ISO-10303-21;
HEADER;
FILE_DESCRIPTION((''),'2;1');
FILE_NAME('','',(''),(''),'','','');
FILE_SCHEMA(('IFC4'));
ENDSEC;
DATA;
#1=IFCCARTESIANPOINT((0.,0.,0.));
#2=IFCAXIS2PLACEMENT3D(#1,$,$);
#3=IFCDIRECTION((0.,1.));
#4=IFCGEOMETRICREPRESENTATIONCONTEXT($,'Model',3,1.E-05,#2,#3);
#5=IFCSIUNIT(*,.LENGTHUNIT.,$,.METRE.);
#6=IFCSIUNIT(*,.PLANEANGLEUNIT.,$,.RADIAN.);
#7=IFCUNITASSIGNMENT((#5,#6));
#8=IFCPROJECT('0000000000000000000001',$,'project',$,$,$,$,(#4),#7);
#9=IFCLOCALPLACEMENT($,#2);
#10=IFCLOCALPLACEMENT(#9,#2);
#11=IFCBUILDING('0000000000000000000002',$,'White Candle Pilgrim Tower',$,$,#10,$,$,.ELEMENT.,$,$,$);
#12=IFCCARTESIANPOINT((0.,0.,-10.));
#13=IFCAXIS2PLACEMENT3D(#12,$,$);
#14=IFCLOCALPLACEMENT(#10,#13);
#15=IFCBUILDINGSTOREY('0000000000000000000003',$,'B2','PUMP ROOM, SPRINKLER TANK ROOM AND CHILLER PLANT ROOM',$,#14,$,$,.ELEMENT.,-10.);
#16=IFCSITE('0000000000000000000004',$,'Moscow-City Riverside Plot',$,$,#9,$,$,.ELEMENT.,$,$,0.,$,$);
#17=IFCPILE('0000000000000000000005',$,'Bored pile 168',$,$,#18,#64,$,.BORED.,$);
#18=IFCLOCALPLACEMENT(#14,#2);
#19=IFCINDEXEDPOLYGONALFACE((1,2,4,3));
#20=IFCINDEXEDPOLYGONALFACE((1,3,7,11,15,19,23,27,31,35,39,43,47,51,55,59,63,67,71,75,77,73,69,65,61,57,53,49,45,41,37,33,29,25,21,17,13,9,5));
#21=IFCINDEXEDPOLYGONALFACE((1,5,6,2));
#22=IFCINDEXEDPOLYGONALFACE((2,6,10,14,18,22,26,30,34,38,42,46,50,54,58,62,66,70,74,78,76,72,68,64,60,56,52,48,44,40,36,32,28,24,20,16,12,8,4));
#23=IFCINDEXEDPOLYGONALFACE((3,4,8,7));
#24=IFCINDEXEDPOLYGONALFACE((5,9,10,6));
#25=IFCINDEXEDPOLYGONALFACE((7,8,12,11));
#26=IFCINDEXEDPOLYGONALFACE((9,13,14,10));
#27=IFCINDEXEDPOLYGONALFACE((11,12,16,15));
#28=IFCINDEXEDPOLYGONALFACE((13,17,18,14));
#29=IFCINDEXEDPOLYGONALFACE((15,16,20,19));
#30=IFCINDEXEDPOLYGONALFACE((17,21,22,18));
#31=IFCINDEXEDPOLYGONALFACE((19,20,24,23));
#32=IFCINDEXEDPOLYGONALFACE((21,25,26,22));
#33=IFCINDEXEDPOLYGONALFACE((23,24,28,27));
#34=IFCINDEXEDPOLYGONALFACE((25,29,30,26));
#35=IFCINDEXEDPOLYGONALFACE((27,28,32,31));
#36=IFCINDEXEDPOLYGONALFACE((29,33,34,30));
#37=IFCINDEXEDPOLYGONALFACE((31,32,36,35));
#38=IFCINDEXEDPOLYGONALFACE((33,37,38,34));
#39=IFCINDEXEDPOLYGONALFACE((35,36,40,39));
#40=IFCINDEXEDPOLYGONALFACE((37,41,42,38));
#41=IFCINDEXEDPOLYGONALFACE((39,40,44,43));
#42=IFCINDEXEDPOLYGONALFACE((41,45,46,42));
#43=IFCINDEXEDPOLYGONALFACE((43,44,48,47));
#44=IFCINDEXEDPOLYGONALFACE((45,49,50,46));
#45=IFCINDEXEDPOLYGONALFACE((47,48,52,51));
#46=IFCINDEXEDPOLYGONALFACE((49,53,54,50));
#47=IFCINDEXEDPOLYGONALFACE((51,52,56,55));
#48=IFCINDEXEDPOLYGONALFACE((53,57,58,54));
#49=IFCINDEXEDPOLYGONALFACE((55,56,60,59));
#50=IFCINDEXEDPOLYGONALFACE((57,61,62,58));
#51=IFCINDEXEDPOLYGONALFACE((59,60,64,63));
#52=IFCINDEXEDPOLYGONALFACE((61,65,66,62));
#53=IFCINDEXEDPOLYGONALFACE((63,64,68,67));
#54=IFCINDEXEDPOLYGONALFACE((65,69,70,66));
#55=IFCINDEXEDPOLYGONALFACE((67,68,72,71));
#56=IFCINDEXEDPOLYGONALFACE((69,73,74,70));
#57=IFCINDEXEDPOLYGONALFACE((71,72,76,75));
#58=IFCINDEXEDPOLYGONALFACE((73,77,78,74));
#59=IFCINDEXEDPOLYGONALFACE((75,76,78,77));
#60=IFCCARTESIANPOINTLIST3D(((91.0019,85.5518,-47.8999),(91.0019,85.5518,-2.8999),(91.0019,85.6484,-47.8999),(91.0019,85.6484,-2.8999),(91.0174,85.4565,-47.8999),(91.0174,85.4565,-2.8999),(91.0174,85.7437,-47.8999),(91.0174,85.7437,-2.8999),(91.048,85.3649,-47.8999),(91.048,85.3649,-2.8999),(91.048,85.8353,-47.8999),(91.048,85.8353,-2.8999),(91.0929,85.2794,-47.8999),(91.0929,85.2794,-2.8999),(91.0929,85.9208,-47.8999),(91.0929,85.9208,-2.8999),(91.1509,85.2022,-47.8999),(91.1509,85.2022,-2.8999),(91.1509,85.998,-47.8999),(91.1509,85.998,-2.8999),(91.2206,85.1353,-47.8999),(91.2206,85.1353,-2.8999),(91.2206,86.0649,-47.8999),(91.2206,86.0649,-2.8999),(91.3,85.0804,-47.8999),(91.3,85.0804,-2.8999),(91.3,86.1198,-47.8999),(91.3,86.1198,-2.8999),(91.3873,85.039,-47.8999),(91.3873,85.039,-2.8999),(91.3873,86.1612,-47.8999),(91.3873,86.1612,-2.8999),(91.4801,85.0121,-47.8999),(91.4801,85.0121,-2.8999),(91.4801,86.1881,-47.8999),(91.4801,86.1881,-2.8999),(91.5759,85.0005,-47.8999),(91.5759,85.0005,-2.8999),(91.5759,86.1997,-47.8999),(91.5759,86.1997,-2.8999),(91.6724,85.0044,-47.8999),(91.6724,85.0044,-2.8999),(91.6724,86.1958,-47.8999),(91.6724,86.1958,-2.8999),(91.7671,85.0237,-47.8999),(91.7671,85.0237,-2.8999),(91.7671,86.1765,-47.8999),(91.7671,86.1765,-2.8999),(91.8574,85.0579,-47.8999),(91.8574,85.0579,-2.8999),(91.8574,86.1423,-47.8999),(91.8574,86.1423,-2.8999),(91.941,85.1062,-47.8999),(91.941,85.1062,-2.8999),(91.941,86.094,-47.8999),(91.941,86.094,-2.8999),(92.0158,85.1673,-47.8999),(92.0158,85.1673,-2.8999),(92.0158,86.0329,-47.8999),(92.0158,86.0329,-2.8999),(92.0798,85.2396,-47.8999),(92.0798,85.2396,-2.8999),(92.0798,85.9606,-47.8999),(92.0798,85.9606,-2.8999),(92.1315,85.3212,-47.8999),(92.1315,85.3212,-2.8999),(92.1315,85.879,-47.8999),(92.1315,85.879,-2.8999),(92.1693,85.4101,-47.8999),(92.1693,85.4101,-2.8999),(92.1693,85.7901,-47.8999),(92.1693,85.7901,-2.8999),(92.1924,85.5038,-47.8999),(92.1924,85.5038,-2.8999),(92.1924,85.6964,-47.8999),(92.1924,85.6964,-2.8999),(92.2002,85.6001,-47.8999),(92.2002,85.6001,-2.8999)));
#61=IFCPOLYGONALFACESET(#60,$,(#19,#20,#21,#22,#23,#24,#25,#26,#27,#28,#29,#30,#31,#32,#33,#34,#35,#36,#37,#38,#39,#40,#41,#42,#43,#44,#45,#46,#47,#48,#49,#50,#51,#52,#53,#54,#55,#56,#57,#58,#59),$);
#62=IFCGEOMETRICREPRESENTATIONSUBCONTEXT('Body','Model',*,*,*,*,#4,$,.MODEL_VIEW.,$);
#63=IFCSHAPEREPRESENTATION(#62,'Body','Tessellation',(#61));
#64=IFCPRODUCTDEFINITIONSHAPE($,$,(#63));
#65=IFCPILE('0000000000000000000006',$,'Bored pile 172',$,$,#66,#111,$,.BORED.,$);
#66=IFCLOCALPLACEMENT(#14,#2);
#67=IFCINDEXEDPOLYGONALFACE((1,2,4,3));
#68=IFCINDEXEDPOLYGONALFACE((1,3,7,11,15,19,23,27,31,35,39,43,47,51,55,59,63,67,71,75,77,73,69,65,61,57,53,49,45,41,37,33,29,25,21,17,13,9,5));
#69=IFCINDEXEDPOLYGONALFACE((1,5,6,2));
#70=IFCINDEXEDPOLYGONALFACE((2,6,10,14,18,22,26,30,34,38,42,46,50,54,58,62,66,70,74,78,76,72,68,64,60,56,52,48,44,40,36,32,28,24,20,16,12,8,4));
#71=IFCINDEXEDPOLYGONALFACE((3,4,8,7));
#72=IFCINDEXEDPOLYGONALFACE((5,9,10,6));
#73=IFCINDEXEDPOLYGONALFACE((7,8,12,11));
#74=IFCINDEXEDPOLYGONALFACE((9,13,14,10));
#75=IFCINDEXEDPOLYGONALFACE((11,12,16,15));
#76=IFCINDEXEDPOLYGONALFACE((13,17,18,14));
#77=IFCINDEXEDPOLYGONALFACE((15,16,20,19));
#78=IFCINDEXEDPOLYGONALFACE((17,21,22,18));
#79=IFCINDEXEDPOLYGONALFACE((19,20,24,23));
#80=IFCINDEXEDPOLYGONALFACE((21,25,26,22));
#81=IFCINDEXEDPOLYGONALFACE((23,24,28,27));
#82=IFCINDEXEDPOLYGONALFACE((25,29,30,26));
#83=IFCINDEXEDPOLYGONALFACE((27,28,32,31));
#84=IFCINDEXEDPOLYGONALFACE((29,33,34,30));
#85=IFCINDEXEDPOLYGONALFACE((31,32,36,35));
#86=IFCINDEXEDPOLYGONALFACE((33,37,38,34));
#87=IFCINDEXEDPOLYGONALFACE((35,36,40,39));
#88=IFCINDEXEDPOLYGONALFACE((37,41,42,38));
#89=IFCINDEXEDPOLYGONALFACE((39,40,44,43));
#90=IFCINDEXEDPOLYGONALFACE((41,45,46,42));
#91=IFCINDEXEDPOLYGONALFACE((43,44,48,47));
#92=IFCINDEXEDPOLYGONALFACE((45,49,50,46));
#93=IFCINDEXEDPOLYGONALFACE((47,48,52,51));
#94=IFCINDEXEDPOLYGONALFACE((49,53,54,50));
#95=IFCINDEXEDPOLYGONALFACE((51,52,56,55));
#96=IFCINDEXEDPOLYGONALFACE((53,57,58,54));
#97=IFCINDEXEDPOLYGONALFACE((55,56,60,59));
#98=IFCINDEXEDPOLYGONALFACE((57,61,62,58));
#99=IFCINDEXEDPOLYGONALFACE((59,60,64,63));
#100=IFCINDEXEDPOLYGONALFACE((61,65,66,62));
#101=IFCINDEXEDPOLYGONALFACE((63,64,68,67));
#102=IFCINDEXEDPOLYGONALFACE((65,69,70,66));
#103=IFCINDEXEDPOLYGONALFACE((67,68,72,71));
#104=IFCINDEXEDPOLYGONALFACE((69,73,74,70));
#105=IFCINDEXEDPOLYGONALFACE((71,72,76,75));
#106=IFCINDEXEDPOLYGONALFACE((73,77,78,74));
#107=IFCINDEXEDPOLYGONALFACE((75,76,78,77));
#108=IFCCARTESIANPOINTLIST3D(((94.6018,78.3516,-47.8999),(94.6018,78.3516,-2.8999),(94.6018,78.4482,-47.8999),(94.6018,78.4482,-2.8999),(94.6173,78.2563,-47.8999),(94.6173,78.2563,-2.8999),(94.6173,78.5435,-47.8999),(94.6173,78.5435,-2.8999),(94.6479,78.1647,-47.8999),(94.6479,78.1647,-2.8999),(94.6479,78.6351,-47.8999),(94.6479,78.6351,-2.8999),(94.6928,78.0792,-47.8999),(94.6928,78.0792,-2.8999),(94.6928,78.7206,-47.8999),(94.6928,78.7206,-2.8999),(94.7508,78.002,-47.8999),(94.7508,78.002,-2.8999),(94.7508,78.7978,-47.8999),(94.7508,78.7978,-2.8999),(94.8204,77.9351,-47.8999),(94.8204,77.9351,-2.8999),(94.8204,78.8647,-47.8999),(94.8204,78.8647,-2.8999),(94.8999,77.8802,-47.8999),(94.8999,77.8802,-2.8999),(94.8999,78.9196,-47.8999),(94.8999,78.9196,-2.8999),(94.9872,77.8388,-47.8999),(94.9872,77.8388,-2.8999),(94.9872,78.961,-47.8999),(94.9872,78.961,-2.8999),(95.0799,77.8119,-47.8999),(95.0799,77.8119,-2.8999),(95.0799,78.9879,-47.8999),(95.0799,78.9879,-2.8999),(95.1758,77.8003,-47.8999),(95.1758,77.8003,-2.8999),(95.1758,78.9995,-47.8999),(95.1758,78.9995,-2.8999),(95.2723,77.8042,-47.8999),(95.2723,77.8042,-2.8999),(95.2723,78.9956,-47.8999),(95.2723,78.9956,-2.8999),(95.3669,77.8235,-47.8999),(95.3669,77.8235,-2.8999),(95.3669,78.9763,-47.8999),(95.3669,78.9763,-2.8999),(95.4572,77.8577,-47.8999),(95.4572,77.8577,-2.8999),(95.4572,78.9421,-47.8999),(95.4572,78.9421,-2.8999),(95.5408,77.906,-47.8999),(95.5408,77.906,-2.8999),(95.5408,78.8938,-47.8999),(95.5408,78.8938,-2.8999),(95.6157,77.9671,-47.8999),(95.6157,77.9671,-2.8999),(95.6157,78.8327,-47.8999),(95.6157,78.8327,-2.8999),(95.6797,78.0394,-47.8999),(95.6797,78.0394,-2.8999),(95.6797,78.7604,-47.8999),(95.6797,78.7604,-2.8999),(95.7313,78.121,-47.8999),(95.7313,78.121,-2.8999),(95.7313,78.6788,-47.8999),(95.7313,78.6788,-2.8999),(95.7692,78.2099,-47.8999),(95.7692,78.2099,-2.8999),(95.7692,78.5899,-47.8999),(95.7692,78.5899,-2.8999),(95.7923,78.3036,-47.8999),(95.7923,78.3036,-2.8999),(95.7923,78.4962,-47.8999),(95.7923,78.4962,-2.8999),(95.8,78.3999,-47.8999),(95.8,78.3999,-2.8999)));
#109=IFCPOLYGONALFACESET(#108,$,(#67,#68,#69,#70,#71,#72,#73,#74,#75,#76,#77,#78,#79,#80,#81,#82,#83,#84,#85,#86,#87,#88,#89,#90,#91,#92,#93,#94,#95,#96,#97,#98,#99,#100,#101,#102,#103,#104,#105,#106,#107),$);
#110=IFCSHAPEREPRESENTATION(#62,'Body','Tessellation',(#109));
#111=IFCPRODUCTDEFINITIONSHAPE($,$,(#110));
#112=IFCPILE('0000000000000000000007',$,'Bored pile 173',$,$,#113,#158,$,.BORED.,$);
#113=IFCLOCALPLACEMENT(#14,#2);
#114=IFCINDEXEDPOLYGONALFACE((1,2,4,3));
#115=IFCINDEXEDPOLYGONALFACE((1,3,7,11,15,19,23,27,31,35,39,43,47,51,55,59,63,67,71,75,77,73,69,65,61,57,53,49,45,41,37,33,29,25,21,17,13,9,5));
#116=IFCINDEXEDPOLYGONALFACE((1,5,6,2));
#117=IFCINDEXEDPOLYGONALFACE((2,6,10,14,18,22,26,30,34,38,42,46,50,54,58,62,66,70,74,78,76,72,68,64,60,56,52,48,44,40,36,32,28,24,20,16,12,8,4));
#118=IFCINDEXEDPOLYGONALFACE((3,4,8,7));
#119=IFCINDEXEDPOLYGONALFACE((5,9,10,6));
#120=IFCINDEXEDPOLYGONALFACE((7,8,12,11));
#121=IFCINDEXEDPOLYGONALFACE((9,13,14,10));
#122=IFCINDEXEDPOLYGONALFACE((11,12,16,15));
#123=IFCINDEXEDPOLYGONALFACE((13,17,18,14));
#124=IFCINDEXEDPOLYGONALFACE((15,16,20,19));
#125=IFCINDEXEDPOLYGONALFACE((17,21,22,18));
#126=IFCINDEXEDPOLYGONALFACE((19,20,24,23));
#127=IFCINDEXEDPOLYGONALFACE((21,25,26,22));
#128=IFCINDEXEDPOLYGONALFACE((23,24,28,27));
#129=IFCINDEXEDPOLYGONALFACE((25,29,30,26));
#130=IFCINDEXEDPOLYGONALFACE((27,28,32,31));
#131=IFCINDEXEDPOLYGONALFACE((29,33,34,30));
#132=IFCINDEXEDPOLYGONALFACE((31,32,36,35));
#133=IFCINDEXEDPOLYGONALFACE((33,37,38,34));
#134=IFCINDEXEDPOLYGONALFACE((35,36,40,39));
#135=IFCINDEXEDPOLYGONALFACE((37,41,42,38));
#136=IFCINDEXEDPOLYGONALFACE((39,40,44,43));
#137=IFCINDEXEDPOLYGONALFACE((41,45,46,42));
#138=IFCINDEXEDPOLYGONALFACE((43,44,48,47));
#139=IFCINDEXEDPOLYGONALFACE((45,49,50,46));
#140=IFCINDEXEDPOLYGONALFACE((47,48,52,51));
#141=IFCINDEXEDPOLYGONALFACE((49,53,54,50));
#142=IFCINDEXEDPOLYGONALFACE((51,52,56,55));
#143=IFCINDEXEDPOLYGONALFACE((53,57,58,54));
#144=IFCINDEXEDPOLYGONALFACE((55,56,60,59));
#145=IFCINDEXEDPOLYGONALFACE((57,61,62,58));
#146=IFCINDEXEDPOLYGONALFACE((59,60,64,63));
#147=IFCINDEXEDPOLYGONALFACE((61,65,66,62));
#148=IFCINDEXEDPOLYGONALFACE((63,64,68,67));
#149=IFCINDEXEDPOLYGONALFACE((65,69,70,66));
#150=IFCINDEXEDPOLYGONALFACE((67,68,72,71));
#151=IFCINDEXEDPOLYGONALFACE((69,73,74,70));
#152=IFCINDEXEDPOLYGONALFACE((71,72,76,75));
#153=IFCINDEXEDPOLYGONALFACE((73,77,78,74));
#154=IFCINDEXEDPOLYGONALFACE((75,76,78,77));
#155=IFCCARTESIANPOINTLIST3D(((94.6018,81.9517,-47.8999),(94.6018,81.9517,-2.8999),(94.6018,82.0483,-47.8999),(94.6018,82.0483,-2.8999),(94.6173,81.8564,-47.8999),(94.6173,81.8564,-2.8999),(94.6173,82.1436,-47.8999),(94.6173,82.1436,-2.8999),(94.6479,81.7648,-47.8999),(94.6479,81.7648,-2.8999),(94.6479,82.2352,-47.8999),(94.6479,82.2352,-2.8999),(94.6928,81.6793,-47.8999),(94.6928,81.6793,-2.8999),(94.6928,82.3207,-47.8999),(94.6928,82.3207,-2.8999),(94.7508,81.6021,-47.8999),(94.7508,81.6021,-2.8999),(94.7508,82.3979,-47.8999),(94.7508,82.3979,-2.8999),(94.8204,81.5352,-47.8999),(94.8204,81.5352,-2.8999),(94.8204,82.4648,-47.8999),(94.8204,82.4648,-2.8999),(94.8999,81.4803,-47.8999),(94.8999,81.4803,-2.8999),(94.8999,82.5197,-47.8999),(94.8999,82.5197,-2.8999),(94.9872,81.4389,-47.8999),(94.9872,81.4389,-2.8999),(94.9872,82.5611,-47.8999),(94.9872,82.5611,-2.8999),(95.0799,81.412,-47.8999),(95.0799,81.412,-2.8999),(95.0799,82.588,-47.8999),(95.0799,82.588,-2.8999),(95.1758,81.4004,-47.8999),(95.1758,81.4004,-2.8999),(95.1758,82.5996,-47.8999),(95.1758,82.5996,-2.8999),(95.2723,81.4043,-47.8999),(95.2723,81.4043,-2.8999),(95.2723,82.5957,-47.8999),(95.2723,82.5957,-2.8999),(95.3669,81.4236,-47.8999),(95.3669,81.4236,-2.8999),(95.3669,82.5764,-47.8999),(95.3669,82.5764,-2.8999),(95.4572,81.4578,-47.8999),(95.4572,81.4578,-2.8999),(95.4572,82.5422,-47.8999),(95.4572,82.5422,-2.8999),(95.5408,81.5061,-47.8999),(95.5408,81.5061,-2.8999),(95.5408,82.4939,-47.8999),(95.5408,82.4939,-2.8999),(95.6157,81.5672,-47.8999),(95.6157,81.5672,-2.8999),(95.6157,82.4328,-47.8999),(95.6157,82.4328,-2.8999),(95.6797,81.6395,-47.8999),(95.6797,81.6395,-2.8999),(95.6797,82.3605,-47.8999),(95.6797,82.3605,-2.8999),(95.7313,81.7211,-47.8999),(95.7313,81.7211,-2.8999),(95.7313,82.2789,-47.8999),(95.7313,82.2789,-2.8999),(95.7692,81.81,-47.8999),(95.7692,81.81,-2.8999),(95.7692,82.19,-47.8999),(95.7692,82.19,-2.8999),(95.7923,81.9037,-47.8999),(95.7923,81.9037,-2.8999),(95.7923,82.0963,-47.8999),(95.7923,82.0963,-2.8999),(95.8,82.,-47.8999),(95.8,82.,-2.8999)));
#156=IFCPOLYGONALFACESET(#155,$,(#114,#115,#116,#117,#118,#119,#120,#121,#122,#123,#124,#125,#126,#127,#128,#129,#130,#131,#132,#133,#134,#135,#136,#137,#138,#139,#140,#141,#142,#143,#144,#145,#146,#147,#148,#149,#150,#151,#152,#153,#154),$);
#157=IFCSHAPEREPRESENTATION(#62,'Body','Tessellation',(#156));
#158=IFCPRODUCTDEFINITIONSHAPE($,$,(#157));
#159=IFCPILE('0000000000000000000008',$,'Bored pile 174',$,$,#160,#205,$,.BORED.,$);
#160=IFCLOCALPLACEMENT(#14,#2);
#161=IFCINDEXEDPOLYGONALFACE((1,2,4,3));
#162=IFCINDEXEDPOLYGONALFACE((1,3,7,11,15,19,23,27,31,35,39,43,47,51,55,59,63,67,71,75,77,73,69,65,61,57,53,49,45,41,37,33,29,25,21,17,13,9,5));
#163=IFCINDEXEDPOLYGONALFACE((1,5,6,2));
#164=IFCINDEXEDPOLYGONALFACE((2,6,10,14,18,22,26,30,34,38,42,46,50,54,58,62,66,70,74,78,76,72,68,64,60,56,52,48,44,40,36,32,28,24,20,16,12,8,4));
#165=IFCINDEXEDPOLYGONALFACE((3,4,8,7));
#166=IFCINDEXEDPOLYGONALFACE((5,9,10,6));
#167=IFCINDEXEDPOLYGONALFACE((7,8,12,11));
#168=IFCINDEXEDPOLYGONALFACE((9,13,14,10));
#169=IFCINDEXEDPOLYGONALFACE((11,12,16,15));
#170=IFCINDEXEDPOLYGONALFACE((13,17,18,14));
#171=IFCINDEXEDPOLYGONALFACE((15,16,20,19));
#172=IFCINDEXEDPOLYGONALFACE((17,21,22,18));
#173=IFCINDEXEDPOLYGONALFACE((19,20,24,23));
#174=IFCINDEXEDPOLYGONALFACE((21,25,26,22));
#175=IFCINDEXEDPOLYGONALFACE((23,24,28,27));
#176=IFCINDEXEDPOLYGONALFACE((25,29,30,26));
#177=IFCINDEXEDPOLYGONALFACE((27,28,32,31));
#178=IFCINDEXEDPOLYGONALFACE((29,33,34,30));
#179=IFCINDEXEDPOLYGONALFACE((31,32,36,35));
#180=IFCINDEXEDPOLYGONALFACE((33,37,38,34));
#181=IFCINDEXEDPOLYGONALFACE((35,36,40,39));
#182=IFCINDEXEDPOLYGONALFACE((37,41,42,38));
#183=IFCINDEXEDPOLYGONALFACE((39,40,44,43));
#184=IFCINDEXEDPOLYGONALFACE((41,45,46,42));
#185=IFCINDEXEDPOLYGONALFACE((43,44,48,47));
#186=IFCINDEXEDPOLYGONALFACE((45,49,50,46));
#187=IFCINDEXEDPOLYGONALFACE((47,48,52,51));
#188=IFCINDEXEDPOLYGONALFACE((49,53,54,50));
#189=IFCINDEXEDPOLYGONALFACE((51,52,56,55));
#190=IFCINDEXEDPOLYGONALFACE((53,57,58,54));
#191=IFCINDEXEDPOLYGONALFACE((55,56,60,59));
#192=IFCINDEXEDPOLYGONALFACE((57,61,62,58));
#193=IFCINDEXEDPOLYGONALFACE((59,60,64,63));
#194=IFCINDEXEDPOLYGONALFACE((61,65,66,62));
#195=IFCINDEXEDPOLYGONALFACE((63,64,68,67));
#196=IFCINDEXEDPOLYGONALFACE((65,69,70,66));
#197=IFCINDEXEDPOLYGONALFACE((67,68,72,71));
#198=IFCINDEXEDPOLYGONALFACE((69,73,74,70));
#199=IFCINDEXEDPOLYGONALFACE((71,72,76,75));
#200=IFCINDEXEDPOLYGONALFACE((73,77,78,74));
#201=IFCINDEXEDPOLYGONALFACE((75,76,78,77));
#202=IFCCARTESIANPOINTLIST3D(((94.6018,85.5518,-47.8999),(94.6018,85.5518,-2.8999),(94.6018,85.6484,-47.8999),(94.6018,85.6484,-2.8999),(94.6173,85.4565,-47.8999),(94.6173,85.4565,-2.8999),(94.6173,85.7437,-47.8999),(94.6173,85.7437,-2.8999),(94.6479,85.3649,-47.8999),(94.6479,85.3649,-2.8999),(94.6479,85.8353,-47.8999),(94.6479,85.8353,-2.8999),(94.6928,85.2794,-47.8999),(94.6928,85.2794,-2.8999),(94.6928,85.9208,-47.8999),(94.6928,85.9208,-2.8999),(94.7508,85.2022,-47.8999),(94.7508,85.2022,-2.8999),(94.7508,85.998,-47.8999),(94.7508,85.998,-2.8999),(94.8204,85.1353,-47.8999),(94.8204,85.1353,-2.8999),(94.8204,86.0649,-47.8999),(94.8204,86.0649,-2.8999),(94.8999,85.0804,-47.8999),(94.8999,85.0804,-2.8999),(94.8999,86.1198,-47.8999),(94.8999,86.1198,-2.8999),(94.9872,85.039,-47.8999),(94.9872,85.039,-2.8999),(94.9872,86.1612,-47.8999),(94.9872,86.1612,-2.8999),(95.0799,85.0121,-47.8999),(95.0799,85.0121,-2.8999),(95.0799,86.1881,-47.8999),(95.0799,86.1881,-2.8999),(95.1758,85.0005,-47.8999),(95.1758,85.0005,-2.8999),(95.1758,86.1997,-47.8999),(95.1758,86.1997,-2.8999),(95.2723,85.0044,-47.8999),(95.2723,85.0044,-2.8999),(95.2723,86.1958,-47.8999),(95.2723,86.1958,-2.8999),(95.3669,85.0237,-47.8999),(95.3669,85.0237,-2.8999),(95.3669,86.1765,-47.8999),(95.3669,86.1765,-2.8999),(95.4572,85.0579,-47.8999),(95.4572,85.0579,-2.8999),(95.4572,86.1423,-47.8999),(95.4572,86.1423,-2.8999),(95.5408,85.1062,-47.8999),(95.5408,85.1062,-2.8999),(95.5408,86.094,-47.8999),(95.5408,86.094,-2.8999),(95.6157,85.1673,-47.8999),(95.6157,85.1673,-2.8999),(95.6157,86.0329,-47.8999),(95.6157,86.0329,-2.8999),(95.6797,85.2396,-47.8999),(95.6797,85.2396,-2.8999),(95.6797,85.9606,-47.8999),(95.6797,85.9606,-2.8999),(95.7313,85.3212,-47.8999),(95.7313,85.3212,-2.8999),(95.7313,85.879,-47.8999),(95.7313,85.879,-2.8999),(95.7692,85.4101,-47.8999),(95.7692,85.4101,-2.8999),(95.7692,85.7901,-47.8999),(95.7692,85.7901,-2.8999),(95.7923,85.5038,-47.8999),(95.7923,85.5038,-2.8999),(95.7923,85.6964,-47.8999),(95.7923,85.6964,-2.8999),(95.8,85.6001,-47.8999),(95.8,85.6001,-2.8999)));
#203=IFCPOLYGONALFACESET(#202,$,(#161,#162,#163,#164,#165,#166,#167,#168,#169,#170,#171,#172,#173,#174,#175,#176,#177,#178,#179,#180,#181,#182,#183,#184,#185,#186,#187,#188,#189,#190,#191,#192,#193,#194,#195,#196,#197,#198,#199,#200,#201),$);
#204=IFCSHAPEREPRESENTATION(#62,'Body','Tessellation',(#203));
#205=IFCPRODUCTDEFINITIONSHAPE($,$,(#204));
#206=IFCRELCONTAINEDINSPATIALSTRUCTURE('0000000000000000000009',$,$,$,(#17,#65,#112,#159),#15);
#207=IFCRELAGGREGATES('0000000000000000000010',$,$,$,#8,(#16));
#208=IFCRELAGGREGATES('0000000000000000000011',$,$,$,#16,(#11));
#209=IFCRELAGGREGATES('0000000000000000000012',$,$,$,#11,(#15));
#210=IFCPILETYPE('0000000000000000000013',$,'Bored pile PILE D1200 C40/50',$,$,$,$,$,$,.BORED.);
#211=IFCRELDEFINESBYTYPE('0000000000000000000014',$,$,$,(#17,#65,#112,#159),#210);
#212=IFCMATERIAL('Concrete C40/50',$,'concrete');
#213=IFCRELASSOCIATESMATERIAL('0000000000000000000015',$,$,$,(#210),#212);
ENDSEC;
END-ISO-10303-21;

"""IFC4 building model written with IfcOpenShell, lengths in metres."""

from ifc_helpers import new_model, si_unit, direction, frame, origin, origin_2d, place, context, subcontext, project, spatial, circle, extrude, material, material_profile, profile_set, type_object, element, save


model = new_model("IFC4")

# Units and contexts
model_context = context("Model", 3, precision=1e-05, world=origin(), true_north=direction((0.0, 1.0)))
body_context = subcontext(model_context, "Body", "Model", "MODEL_VIEW")
ifc_project = project(units=[si_unit("LENGTHUNIT", "METRE"), si_unit("PLANEANGLEUNIT", "RADIAN")], contexts=[model_context])

# Site, building, storey
site_placement = place(None, origin())
site = spatial("IfcSite", under=ifc_project, at=site_placement, Name="Moscow-City Riverside Plot", CompositionType="ELEMENT", RefElevation=0.0)
building_placement = place(site_placement, origin())
building = spatial("IfcBuilding", under=site, at=building_placement, Name="White Candle Pilgrim Tower", CompositionType="ELEMENT")
storey_placement = place(building_placement, frame((0.0, 0.0, -10.0)))
storey = spatial("IfcBuildingStorey", under=building, at=storey_placement, Name="B2", Description="PUMP ROOM, SPRINKLER TANK ROOM AND CHILLER PLANT ROOM", CompositionType="ELEMENT", Elevation=-10.0)

# Piles
ifc_material_1 = material(Name="Concrete C40/50", Category="concrete")
ifc_material_profile_1 = material_profile(ifc_material_1, circle(Radius=0.6001, at=origin_2d()), Name="PILE D1200")
ifc_profile_set_1 = profile_set([ifc_material_profile_1], Name="Concrete C40/50")
pile_type_1 = type_object("IfcPileType", Name="Bored pile PILE D1200 C40/50", PredefinedType="BORED", material=ifc_profile_set_1)
for number, where, z_axis, x_axis, name in (
    (1, (91.6001, 85.6001, -2.8999), (0.0, 0.0, -1.0), (1.0, 0.0, 0.0), "Bored pile 168"),
    (2, (95.2, 78.3999, -2.8999), (0.0, 0.0, -1.0), (1.0, 0.0, 0.0), "Bored pile 172"),
    (3, (95.2, 82.0, -2.8999), (0.0, 0.0, -1.0), (1.0, 0.0, 0.0), "Bored pile 173"),
    (4, (95.2, 85.6001, -2.8999), (0.0, 0.0, -1.0), (1.0, 0.0, 0.0), "Bored pile 174"),
):
    element("IfcPile", number, at=place(storey_placement, frame(where, z_axis=z_axis, x_axis=x_axis)), inside=storey, type_object=pile_type_1, Name=name, PredefinedType="BORED", context=body_context, shape_type="SweptSolid", body=[
        extrude(circle(Radius=0.6001, at=origin_2d()), origin(), (0.0, 0.0, 1.0), 45.0),
    ])

save(model, "model.ifc")
